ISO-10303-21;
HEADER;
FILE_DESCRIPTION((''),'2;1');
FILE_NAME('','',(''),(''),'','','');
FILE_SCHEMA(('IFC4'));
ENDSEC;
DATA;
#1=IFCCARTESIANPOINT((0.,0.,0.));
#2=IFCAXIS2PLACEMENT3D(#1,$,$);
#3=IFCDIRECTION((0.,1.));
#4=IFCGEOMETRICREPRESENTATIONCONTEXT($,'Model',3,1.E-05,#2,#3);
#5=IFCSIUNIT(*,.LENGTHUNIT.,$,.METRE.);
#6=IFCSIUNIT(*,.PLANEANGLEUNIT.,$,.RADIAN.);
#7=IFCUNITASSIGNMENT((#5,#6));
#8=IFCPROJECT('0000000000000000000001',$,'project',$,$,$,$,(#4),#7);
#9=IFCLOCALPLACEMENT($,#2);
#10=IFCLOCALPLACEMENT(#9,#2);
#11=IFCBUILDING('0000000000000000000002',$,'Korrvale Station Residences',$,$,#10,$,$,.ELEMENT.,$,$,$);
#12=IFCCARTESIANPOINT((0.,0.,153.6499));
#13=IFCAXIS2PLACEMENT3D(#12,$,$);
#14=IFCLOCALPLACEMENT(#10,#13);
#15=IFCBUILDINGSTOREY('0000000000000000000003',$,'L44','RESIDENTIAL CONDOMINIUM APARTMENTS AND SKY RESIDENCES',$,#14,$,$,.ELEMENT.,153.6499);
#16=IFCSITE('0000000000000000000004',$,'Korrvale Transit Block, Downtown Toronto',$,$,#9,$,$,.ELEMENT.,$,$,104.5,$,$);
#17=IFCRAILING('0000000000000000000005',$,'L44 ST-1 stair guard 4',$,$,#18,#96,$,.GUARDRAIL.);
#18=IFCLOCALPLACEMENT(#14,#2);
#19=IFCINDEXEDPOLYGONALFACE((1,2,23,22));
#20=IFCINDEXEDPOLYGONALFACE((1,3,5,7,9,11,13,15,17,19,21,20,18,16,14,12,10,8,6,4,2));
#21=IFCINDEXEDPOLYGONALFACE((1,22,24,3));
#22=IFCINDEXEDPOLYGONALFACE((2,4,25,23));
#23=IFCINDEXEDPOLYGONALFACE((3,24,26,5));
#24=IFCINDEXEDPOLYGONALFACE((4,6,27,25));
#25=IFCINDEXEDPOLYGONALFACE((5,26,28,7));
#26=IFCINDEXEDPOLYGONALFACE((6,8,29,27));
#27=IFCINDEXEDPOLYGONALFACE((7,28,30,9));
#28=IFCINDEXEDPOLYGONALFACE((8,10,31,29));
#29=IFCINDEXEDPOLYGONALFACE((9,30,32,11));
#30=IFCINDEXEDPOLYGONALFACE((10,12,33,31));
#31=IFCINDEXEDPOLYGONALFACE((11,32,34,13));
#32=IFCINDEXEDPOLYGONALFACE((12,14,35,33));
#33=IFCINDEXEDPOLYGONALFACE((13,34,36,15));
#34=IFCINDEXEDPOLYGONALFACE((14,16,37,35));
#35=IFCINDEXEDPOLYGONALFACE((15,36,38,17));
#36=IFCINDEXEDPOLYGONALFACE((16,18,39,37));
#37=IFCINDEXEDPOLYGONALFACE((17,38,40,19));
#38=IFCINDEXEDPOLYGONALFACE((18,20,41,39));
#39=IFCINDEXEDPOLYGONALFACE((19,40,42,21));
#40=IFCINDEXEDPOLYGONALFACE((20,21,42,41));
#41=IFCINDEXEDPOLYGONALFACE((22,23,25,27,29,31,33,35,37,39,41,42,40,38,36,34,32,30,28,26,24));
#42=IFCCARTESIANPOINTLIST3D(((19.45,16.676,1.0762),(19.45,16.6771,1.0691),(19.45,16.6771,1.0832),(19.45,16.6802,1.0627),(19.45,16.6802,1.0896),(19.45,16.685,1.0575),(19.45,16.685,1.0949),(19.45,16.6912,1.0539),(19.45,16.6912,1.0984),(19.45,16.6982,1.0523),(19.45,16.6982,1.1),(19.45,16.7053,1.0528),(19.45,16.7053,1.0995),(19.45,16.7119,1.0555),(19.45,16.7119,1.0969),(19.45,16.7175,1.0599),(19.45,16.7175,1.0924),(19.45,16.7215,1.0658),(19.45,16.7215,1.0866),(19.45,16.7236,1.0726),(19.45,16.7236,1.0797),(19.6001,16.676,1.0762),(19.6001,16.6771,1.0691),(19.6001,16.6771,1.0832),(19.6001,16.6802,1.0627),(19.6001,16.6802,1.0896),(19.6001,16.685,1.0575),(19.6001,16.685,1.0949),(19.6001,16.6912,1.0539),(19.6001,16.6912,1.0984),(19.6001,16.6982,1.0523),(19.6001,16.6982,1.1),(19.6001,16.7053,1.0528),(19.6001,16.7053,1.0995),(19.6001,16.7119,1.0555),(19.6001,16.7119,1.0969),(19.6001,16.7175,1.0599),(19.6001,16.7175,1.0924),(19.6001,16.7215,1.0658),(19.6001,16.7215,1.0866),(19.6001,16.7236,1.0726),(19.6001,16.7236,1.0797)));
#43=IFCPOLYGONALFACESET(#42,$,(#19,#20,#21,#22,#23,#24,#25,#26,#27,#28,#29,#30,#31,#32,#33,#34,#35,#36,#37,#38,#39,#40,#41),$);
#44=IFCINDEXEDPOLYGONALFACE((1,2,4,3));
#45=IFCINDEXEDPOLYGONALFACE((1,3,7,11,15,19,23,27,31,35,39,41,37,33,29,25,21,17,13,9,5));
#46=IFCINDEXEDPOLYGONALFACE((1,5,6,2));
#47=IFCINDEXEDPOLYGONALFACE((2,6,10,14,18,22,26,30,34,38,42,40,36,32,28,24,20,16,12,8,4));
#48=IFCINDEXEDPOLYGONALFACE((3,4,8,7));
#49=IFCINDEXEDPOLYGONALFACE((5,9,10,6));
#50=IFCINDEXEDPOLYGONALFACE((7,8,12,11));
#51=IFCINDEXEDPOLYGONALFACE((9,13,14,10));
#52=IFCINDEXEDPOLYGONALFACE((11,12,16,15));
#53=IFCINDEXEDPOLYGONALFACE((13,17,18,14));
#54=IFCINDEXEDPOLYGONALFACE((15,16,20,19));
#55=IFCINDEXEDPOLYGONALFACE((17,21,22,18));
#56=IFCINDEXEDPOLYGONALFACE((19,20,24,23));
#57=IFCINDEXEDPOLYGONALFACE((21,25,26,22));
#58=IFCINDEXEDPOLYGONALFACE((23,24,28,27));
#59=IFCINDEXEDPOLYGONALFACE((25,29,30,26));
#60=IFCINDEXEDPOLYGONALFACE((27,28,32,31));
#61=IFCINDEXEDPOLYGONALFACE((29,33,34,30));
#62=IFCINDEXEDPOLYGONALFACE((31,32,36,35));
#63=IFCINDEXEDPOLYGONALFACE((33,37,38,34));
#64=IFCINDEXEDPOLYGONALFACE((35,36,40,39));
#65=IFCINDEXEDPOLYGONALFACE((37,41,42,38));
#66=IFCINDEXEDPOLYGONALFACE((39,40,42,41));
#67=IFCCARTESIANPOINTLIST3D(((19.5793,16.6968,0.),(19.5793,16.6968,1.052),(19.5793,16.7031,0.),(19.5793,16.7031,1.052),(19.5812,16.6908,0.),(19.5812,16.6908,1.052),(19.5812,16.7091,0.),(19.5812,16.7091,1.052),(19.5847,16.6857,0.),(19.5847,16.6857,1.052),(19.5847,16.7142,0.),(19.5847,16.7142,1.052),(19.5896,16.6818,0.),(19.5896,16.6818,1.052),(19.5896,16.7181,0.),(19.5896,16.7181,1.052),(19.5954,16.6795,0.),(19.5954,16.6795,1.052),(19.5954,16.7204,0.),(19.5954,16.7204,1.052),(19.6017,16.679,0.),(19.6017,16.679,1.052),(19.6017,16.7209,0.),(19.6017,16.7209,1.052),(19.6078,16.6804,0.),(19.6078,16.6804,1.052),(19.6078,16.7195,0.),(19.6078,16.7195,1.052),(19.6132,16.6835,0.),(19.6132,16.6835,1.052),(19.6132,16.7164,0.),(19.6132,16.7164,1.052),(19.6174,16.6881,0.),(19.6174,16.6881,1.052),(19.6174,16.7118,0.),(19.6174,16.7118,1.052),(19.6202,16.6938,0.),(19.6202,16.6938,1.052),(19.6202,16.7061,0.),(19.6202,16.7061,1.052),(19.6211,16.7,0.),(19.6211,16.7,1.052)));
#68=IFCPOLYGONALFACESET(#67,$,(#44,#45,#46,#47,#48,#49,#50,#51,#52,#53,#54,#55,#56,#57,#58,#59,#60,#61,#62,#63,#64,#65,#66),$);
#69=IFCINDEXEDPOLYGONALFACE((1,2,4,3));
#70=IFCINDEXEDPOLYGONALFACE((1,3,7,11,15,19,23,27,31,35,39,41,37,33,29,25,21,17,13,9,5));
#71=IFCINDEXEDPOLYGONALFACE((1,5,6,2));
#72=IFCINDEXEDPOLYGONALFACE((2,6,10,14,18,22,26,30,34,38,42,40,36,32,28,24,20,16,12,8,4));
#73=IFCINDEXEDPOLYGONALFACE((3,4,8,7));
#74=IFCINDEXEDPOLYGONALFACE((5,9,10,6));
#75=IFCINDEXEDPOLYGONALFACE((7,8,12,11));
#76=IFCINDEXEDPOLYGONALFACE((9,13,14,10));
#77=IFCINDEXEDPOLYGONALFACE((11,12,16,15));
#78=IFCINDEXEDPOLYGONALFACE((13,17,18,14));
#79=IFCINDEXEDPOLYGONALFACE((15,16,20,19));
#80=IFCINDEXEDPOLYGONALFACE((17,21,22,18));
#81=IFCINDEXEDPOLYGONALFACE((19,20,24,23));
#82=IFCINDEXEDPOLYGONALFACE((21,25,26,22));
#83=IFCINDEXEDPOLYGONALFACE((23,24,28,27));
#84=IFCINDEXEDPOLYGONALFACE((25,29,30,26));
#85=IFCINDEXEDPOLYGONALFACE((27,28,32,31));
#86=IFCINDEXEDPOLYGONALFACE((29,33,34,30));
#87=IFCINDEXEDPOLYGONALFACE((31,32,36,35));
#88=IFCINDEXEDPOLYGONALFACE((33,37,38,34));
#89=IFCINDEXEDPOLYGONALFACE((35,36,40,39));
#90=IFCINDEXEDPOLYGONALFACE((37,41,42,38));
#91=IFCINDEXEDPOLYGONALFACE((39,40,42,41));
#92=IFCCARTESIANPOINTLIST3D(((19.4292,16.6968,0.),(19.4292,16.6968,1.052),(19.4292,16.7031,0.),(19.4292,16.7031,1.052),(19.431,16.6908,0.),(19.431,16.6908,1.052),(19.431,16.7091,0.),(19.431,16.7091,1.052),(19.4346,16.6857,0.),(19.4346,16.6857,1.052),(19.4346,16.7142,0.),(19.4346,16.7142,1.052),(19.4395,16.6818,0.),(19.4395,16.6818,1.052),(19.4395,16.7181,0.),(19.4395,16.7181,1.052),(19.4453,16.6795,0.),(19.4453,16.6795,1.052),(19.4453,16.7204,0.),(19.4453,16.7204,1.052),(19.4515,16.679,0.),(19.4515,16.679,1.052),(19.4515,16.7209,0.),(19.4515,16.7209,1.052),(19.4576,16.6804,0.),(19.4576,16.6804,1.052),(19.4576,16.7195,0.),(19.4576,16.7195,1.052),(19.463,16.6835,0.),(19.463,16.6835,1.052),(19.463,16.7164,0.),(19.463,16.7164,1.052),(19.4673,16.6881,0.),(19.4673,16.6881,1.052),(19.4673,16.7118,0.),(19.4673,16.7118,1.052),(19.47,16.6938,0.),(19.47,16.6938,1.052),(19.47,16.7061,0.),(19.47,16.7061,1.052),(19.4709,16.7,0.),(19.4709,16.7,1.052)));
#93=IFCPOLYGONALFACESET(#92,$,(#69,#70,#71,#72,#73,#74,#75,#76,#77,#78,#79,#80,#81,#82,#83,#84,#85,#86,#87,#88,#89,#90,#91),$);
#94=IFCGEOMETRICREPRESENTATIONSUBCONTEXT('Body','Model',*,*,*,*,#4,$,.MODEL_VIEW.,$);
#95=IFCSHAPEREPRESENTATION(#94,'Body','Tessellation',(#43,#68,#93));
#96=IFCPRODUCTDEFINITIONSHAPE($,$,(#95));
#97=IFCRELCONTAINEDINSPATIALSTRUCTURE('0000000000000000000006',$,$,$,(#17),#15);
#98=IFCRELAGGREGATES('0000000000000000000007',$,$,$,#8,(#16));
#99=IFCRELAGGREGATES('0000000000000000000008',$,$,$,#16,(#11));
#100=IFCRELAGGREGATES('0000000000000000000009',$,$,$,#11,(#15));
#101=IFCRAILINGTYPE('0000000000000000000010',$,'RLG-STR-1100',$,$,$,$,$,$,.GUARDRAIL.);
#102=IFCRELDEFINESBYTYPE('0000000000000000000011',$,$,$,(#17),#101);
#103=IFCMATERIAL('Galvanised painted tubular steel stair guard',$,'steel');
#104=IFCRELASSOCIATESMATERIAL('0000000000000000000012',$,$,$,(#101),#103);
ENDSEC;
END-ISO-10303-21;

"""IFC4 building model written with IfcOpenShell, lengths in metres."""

from ifc_helpers import new_model, si_unit, direction, frame, origin, origin_2d, place, context, subcontext, project, spatial, circle, extrude, material, type_object, element, save


model = new_model("IFC4")

# Units and contexts
model_context = context("Model", 3, precision=1e-05, world=origin(), true_north=direction((0.0, 1.0)))
body_context = subcontext(model_context, "Body", "Model", "MODEL_VIEW")
ifc_project = project(units=[si_unit("LENGTHUNIT", "METRE"), si_unit("PLANEANGLEUNIT", "RADIAN")], contexts=[model_context])

# Site, building, storey
site_placement = place(None, origin())
site = spatial("IfcSite", under=ifc_project, at=site_placement, Name="Korrvale Transit Block, Downtown Toronto", CompositionType="ELEMENT", RefElevation=104.5)
building_placement = place(site_placement, origin())
building = spatial("IfcBuilding", under=site, at=building_placement, Name="Korrvale Station Residences", CompositionType="ELEMENT")
storey_placement = place(building_placement, frame((0.0, 0.0, 153.6499)))
storey = spatial("IfcBuildingStorey", under=building, at=storey_placement, Name="L44", Description="RESIDENTIAL CONDOMINIUM APARTMENTS AND SKY RESIDENCES", CompositionType="ELEMENT", Elevation=153.6499)

# Railing
ifc_material_1 = material(Name="Galvanised painted tubular steel stair guard", Category="steel")
railing_type_1 = type_object("IfcRailingType", Name="RLG-STR-1100", PredefinedType="GUARDRAIL", material=ifc_material_1)
railing_1_placement = place(storey_placement, frame((19.6001, 16.7, 0.0)))
element("IfcRailing", 1, at=railing_1_placement, inside=storey, type_object=railing_type_1, Name="L44 ST-1 stair guard 4", PredefinedType="GUARDRAIL", context=body_context, shape_type="SweptSolid", body=[
    extrude(circle(Radius=0.0239, at=origin_2d()), frame((0.0, 0.0, 1.0762), z_axis=(-1.0, 0.0, 0.0), x_axis=(0.0, -1.0, 0.0)), (0.0, 0.0, 1.0), 0.1501),
    extrude(circle(Radius=0.021, at=origin_2d()), origin(), (0.0, 0.0, 1.0), 1.052),
    extrude(circle(Radius=0.021, at=origin_2d()), frame((-0.1501, 0.0, 0.0)), (0.0, 0.0, 1.0), 1.052),
])

save(model, "model.ifc")
